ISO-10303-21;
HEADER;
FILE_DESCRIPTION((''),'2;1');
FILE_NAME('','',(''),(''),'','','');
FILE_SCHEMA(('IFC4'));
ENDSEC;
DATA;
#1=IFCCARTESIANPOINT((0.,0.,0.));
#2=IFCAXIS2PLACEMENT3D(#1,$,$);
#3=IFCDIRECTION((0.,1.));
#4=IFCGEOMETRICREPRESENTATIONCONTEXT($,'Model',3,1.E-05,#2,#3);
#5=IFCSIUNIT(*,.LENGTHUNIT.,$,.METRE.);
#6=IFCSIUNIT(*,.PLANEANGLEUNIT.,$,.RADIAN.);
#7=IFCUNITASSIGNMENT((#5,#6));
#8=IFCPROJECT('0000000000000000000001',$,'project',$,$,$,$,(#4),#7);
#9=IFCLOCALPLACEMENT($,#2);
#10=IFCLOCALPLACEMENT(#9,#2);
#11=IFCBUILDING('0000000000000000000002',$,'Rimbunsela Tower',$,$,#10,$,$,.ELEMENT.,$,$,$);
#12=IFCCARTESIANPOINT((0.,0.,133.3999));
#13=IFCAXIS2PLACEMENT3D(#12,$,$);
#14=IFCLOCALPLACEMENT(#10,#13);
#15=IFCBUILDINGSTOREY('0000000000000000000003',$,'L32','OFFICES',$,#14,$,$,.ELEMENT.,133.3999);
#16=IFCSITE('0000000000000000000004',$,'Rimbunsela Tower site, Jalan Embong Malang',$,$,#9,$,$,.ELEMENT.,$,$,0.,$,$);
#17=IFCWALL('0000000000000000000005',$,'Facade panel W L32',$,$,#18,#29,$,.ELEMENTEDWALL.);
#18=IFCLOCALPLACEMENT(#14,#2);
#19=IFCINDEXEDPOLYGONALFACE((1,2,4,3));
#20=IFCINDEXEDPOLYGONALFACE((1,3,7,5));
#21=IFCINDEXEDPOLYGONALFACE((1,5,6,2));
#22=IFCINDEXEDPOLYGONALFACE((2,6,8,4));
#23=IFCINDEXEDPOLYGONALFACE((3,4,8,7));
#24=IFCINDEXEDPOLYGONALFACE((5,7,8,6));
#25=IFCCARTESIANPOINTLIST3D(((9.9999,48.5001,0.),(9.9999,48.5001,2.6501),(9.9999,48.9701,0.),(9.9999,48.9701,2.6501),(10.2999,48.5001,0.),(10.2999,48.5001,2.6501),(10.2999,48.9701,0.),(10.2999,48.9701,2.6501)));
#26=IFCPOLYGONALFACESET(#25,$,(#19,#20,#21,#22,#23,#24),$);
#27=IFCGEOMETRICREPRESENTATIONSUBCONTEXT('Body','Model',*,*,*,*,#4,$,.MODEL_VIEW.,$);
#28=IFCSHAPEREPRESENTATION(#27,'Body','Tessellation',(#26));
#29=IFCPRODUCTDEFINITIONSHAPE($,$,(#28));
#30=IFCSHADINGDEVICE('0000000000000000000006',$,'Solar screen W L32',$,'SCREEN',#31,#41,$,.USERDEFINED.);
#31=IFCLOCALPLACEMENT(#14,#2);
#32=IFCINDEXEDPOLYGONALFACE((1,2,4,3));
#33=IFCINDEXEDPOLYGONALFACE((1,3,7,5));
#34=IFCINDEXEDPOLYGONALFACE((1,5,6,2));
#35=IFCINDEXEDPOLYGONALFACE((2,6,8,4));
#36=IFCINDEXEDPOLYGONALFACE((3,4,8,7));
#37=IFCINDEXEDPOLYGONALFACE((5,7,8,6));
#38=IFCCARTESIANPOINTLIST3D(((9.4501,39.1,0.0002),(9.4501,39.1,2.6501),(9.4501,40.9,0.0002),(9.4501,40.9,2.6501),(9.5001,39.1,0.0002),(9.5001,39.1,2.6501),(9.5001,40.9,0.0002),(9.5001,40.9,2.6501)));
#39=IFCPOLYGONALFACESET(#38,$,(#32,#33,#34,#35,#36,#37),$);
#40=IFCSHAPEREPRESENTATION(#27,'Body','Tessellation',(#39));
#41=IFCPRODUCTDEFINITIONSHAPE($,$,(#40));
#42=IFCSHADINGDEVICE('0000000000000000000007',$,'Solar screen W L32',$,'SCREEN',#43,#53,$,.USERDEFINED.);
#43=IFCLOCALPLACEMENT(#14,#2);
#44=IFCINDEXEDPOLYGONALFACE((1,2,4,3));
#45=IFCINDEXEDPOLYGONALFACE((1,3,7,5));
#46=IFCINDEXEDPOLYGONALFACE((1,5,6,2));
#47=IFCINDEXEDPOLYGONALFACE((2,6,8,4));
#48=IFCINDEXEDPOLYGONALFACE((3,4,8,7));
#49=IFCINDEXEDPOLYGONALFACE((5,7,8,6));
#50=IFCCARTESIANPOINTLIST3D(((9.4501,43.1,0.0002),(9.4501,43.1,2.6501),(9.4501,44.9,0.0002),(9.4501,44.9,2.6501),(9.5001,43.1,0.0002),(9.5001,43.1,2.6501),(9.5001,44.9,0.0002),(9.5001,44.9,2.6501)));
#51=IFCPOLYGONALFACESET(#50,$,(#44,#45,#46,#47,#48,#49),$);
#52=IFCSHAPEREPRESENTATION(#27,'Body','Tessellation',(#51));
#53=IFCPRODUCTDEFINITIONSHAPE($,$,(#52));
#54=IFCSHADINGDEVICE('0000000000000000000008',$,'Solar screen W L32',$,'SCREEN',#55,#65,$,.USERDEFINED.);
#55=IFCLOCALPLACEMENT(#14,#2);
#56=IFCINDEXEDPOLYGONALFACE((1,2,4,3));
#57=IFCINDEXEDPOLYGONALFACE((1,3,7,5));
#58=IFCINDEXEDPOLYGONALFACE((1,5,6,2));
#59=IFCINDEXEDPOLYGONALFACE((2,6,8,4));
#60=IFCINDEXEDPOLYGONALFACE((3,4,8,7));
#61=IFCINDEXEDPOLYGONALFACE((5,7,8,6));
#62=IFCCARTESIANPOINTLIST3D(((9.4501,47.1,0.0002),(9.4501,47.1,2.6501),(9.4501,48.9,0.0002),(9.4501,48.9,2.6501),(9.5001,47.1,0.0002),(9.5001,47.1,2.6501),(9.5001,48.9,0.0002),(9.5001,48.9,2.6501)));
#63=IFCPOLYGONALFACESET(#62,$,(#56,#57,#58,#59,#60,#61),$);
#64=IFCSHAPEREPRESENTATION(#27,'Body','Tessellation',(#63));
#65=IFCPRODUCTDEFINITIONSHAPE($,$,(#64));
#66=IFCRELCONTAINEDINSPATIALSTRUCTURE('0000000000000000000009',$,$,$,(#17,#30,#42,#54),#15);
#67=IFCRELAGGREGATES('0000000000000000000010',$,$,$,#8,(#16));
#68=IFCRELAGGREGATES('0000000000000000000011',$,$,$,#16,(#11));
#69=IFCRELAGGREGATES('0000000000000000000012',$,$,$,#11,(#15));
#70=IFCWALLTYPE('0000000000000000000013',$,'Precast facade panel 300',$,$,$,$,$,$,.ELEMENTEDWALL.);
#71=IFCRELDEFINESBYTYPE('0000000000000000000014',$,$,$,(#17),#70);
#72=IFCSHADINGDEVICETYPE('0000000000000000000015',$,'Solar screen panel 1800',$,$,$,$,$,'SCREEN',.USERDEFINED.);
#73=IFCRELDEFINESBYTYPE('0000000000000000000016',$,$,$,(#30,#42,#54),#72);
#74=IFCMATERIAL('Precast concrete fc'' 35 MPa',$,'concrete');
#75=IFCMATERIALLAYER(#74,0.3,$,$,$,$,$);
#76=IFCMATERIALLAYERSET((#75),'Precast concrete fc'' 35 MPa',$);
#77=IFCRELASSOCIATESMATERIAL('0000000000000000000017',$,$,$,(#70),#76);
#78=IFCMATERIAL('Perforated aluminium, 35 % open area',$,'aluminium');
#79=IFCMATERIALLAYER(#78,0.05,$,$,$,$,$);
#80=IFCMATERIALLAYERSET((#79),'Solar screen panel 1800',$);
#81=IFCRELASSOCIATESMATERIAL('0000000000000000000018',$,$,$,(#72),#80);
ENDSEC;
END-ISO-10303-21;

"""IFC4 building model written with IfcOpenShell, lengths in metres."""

from ifc_helpers import new_model, si_unit, direction, frame, frame_2d, origin, origin_2d, place, context, subcontext, project, spatial, rectangle, extrude, material, layer, layer_set, type_object, element, save


model = new_model("IFC4")

# Units and contexts
model_context = context("Model", 3, precision=1e-05, world=origin(), true_north=direction((0.0, 1.0)))
body_context = subcontext(model_context, "Body", "Model", "MODEL_VIEW")
ifc_project = project(units=[si_unit("LENGTHUNIT", "METRE"), si_unit("PLANEANGLEUNIT", "RADIAN")], contexts=[model_context])

# Site, building, storey
site_placement = place(None, origin())
site = spatial("IfcSite", under=ifc_project, at=site_placement, Name="Rimbunsela Tower site, Jalan Embong Malang", CompositionType="ELEMENT", RefElevation=0.0)
building_placement = place(site_placement, origin())
building = spatial("IfcBuilding", under=site, at=building_placement, Name="Rimbunsela Tower", CompositionType="ELEMENT")
storey_placement = place(building_placement, frame((0.0, 0.0, 133.3999)))
storey = spatial("IfcBuildingStorey", under=building, at=storey_placement, Name="L32", Description="OFFICES", CompositionType="ELEMENT", Elevation=133.3999)

# Shared definitions
ifc_material_1 = material(Name="Precast concrete fc' 35 MPa", Category="concrete")
ifc_layer_1 = layer(ifc_material_1, 0.3)
ifc_layer_set_1 = layer_set([ifc_layer_1], Name="Precast concrete fc' 35 MPa")
wall_type = type_object("IfcWallType", Name="Precast facade panel 300", PredefinedType="ELEMENTEDWALL", material=ifc_layer_set_1)

# Wall
wall_1_placement = place(storey_placement, frame((10.1499, 48.97, 0.0), z_axis=(0.0, 0.0, 1.0), x_axis=(0.0, -1.0, 0.0)))
element("IfcWall", 1, at=wall_1_placement, inside=storey, type_object=wall_type, Name="Facade panel W L32", PredefinedType="ELEMENTEDWALL", context=body_context, shape_type="SweptSolid", body=[
    extrude(rectangle(XDim=0.47, YDim=0.3, at=frame_2d((0.2349, 0.0))), origin(), (0.0, 0.0, 1.0), 2.6501),
])

# Shading devices
ifc_material_2 = material(Name="Perforated aluminium, 35 % open area", Category="aluminium")
ifc_layer_2 = layer(ifc_material_2, 0.05)
ifc_layer_set_2 = layer_set([ifc_layer_2], Name="Solar screen panel 1800")
shading_device_type = type_object("IfcShadingDeviceType", Name="Solar screen panel 1800", ElementType="SCREEN", PredefinedType="USERDEFINED", material=ifc_layer_set_2)
for number, where, z_axis, x_axis, name in (
    (2, (9.4751, 40.0, 0.0002), (0.0, 0.0, 1.0), (0.0, 1.0, 0.0), "Solar screen W L32"),
    (3, (9.4751, 44.0, 0.0002), (0.0, 0.0, 1.0), (0.0, 1.0, 0.0), "Solar screen W L32"),
    (4, (9.4751, 48.0, 0.0002), (0.0, 0.0, 1.0), (0.0, 1.0, 0.0), "Solar screen W L32"),
):
    element("IfcShadingDevice", number, at=place(storey_placement, frame(where, z_axis=z_axis, x_axis=x_axis)), inside=storey, type_object=shading_device_type, Name=name, ObjectType="SCREEN", PredefinedType="USERDEFINED", context=body_context, shape_type="SweptSolid", body=[
        extrude(rectangle(XDim=1.8, YDim=0.05, at=origin_2d()), origin(), (0.0, 0.0, 1.0), 2.6499),
    ])

save(model, "model.ifc")
